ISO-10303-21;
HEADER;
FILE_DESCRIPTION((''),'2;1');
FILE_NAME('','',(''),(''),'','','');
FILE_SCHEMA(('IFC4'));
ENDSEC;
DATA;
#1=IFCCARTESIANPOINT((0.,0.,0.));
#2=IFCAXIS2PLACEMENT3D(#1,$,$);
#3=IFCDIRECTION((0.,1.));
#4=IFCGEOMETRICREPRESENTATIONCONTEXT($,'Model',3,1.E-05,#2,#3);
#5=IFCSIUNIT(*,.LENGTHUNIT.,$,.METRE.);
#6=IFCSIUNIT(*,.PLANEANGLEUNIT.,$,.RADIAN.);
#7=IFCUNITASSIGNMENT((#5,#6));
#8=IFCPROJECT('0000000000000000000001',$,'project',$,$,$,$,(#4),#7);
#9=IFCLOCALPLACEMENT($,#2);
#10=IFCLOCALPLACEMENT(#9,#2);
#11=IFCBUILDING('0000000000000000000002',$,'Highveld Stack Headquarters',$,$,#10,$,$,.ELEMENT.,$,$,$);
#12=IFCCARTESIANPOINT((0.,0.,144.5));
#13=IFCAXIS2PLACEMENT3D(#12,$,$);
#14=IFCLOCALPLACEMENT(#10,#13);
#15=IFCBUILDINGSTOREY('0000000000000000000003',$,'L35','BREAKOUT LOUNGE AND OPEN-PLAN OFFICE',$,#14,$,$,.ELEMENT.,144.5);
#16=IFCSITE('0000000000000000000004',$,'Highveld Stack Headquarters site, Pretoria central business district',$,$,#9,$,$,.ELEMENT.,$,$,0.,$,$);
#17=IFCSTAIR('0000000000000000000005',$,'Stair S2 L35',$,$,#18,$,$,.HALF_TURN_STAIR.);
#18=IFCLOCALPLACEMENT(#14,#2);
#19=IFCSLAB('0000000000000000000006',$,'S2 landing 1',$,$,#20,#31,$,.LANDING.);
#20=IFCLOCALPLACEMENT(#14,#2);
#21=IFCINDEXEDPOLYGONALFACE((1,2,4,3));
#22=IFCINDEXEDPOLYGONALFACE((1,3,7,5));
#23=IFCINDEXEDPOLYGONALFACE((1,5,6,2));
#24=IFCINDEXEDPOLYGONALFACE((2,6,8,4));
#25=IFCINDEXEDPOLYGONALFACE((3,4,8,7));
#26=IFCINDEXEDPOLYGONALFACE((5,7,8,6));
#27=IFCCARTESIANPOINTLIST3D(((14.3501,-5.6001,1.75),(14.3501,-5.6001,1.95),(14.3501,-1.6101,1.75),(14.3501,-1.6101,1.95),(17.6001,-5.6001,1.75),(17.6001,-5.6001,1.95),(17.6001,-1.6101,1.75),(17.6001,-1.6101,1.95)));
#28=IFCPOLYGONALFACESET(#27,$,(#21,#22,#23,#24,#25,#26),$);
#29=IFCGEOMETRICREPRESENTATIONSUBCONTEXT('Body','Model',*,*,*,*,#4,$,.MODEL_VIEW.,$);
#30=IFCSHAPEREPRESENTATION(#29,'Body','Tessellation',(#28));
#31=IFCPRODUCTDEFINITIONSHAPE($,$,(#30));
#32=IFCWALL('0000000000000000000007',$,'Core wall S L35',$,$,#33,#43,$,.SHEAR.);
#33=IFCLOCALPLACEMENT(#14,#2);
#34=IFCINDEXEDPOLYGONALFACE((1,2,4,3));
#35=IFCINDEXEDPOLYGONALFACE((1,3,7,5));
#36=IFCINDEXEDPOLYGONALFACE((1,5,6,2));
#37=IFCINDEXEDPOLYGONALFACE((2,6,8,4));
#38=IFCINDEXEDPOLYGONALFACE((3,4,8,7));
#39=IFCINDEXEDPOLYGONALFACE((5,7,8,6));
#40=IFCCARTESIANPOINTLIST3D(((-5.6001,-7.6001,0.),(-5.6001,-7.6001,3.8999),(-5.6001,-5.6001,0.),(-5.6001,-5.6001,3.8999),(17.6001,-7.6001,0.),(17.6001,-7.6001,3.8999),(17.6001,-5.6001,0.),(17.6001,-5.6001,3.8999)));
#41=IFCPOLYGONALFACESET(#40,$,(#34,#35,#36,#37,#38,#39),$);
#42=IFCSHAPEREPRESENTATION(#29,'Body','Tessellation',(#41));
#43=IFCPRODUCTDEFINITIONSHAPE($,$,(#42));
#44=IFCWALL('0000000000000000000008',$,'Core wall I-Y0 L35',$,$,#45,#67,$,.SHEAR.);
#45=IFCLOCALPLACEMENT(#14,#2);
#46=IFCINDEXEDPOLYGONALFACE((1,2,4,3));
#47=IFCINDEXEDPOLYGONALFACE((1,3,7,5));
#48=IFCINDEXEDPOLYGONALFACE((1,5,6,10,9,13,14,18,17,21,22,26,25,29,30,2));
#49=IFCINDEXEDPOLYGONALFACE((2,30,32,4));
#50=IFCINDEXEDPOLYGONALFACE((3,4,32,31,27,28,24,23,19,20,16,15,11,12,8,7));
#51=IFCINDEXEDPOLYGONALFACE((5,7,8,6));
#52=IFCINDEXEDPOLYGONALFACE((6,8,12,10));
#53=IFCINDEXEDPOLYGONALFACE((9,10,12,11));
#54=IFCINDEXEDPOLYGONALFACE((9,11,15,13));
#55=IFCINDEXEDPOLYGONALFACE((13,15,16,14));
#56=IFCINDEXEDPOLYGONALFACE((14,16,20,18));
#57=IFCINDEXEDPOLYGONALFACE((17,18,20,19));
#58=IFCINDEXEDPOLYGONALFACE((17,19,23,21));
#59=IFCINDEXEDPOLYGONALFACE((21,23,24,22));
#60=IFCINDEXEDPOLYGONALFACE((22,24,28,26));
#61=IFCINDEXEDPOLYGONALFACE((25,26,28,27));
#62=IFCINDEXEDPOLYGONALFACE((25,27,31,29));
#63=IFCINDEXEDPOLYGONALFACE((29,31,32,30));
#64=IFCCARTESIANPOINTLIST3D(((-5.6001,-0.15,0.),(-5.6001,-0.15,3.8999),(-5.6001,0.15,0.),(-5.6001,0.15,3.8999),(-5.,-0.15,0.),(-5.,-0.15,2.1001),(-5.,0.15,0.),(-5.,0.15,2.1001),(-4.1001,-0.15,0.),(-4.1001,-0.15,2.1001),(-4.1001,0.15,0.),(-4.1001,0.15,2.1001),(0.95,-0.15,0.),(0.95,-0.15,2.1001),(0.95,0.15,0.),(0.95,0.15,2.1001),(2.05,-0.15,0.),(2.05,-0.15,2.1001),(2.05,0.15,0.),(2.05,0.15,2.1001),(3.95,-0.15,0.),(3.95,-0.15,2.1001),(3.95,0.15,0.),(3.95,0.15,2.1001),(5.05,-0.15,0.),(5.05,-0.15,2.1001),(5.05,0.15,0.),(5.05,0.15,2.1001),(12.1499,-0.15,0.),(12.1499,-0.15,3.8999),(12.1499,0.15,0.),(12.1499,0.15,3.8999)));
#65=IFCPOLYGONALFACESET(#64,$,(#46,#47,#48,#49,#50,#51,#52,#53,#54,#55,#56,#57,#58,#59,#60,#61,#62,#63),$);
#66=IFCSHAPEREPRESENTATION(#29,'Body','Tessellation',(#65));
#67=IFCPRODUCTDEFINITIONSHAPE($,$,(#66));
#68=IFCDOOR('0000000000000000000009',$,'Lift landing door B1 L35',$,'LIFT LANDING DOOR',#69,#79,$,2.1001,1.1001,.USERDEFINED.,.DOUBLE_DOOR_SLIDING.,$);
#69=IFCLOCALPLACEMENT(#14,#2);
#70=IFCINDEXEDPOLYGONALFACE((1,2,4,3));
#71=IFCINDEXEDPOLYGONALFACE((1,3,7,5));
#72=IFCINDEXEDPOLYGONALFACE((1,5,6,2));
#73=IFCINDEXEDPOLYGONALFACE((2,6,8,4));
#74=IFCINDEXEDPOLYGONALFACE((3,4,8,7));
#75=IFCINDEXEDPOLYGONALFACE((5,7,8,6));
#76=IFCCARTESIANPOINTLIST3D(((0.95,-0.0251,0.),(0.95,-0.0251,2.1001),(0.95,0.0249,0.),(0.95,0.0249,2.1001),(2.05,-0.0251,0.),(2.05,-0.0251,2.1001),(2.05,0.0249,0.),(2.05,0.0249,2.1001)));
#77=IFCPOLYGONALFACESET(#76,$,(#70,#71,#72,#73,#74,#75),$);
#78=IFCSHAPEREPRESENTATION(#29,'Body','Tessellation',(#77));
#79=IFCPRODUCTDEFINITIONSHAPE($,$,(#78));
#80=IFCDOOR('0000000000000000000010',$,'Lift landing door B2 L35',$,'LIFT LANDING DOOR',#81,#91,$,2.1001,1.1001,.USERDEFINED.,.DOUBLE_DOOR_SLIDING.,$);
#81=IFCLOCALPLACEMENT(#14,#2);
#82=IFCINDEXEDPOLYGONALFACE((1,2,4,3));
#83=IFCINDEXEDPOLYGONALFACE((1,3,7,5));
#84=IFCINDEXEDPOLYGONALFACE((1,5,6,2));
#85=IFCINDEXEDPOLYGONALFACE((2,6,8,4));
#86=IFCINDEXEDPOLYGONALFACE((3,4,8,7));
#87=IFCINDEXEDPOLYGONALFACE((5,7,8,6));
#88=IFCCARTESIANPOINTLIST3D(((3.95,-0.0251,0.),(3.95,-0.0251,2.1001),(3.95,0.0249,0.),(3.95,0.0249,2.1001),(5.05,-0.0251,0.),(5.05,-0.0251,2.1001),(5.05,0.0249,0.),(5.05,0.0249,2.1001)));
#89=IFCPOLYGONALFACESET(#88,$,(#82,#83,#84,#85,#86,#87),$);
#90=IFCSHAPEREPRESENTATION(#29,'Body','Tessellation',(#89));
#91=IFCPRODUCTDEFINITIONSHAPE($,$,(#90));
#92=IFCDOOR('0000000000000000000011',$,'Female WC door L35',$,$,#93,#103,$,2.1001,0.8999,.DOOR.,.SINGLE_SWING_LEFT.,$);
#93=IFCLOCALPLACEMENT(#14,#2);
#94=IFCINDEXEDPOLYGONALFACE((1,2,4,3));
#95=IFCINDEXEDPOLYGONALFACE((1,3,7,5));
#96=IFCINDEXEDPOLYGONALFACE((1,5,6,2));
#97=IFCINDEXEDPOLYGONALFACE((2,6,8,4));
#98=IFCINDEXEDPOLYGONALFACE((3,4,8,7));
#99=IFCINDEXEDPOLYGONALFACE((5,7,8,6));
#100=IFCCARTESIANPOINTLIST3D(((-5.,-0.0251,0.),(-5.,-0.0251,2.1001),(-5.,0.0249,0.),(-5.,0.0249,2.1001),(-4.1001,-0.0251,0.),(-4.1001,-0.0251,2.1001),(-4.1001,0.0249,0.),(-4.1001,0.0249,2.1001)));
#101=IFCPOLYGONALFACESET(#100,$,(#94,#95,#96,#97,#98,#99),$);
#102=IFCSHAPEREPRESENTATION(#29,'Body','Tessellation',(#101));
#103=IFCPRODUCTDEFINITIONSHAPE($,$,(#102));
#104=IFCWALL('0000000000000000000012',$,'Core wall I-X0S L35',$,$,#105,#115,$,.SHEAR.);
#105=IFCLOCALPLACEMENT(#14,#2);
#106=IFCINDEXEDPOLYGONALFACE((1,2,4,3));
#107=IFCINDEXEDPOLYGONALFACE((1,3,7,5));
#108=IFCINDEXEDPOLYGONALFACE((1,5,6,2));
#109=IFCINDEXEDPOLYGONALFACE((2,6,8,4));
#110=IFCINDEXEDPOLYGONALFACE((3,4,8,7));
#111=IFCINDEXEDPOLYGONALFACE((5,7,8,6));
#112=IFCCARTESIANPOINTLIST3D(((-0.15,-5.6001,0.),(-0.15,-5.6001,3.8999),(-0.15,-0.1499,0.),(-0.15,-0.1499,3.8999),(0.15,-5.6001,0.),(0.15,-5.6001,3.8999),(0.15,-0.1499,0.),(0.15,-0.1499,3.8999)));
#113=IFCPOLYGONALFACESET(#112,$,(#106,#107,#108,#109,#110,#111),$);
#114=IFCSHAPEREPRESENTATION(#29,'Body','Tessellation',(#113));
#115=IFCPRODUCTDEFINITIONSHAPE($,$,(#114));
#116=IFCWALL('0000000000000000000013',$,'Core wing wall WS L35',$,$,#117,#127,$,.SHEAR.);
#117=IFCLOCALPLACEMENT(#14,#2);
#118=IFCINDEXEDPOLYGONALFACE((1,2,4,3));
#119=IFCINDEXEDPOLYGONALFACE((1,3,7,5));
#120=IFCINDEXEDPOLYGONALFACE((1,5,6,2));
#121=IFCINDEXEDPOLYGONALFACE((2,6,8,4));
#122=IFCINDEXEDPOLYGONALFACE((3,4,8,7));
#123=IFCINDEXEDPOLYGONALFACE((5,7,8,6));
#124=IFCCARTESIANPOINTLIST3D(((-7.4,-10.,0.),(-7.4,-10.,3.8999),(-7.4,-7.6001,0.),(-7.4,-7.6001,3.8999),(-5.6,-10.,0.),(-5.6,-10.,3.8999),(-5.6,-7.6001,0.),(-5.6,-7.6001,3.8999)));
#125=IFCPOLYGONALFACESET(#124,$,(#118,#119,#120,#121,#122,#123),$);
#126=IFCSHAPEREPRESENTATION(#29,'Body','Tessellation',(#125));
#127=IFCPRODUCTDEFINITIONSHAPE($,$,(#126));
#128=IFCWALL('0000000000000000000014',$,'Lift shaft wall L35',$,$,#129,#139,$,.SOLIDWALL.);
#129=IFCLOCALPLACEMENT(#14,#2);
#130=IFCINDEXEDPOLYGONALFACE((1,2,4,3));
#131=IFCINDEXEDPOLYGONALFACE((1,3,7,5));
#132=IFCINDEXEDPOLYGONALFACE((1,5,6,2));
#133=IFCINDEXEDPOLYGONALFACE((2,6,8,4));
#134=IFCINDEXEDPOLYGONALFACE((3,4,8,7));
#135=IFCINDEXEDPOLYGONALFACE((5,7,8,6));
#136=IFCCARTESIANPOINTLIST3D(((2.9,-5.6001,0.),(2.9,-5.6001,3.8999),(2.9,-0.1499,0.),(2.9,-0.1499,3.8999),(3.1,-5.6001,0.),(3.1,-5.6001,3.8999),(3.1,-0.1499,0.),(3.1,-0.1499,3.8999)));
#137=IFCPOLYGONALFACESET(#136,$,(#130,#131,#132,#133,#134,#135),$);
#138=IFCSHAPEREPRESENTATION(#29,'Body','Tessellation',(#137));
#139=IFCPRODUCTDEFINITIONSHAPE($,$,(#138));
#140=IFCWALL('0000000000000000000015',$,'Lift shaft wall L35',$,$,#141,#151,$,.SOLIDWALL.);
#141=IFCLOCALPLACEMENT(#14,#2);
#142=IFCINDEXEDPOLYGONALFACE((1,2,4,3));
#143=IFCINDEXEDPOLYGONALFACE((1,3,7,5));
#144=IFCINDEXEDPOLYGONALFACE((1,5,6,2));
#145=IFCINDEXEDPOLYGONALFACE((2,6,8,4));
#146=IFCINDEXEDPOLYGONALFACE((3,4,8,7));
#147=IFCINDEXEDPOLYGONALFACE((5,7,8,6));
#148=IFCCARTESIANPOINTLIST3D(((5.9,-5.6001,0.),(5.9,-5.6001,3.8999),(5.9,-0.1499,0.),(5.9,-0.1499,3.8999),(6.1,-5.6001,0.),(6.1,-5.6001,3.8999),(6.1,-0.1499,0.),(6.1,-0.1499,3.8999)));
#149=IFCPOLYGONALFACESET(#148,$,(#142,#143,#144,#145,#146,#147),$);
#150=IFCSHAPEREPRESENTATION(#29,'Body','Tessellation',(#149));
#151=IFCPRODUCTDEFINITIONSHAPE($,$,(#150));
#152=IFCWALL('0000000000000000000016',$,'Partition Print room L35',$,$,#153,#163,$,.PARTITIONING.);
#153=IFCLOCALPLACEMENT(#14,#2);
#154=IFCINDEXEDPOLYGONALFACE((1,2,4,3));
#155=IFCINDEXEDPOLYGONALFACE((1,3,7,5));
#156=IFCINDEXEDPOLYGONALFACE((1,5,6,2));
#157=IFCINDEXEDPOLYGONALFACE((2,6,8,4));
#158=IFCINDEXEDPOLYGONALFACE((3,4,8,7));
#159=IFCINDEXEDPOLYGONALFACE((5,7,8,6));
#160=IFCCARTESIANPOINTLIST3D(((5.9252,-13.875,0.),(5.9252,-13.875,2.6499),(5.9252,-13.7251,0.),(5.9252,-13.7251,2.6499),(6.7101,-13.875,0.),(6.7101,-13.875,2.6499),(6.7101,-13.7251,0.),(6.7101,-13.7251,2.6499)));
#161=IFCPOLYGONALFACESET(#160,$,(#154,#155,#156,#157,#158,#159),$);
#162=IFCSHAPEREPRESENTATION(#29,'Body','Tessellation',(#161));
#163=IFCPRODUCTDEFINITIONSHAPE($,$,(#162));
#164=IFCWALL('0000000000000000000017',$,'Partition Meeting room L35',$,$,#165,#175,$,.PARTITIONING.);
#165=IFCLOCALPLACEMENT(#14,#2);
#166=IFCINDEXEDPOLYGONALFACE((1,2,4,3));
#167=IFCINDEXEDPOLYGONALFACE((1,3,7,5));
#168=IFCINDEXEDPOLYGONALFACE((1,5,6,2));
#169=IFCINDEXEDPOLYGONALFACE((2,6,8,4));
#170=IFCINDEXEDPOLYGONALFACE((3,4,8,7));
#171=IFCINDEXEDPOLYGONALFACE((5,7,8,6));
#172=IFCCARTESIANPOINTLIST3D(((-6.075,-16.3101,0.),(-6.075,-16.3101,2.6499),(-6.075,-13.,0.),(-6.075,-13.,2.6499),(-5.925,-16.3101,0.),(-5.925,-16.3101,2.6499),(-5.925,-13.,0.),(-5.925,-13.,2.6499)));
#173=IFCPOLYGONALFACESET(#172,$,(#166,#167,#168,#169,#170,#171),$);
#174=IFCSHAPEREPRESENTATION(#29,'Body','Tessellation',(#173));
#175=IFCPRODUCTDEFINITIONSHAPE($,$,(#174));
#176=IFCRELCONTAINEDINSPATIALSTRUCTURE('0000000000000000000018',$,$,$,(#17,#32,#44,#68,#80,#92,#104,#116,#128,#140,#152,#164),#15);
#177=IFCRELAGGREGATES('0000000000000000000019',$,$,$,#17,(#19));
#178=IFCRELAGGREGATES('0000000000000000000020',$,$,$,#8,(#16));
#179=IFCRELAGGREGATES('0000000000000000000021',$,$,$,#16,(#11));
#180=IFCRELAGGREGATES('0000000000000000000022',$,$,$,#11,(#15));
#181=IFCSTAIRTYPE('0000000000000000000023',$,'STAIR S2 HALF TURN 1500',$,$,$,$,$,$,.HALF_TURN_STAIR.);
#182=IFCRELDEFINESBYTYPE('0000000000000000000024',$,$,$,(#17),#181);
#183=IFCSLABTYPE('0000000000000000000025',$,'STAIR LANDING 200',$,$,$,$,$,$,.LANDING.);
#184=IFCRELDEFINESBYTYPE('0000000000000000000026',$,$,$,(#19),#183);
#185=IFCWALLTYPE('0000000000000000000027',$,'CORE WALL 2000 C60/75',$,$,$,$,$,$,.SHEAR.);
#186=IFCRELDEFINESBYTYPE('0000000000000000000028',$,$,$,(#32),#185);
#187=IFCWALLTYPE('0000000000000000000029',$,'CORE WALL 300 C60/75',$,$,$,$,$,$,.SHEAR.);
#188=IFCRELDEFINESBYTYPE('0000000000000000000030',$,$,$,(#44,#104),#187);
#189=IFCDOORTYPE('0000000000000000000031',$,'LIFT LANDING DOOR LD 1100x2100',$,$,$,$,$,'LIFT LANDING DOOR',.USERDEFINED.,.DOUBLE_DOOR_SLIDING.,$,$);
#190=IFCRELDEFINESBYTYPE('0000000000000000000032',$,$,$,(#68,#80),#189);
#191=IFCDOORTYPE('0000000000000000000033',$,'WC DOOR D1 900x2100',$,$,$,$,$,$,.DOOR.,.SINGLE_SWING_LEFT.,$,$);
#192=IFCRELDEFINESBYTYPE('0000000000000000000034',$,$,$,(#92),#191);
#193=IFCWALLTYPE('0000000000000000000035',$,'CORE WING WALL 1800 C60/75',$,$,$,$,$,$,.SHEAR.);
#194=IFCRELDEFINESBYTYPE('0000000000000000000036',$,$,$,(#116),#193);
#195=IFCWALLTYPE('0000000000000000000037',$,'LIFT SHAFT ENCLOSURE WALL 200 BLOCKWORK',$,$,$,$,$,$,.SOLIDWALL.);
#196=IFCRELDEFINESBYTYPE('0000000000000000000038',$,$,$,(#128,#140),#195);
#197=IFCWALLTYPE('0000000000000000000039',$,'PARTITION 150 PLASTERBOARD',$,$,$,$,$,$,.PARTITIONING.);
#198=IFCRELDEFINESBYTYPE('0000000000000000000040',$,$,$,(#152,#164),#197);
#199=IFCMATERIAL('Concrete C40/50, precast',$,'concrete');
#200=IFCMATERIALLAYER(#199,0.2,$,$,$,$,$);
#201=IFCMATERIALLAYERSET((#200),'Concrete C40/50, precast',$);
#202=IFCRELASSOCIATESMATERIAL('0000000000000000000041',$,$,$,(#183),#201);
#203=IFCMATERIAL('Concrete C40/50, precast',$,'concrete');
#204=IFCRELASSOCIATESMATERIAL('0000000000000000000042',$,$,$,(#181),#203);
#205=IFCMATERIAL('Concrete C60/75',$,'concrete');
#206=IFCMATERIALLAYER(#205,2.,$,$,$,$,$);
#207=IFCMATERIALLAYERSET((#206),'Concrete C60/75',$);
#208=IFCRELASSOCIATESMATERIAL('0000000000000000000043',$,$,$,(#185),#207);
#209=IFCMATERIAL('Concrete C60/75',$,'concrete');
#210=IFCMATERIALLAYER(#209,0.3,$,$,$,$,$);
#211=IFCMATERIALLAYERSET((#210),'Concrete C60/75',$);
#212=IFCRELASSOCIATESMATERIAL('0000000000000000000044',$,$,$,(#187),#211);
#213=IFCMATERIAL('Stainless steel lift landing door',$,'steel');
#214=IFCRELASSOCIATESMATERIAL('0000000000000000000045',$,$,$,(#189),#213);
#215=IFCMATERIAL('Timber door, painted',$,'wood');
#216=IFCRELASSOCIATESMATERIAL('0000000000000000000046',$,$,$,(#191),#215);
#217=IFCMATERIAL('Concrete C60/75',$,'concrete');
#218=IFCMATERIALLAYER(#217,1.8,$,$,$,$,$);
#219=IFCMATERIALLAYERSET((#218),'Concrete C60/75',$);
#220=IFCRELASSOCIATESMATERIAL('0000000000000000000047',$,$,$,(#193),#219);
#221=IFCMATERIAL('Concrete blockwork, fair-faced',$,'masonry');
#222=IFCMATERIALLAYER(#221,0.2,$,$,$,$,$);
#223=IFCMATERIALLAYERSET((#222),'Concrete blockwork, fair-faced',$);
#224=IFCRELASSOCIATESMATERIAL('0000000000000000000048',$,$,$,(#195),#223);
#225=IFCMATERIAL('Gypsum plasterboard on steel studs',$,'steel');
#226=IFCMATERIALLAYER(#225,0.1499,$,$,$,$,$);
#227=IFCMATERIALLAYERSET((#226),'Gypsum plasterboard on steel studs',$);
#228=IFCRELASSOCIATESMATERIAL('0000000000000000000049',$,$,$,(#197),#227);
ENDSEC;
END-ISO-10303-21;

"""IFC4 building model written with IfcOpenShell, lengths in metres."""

from ifc_helpers import new_model, si_unit, direction, frame, frame_2d, origin, place, context, subcontext, project, spatial, polyline, rectangle, outline, extrude, material, layer, layer_set, type_object, element, fill, aggregate, save


model = new_model("IFC4")

# Units and contexts
model_context = context("Model", 3, precision=1e-05, world=origin(), true_north=direction((0.0, 1.0)))
body_context = subcontext(model_context, "Body", "Model", "MODEL_VIEW")
ifc_project = project(units=[si_unit("LENGTHUNIT", "METRE"), si_unit("PLANEANGLEUNIT", "RADIAN")], contexts=[model_context])

# Site, building, storey
site_placement = place(None, origin())
site = spatial("IfcSite", under=ifc_project, at=site_placement, Name="Highveld Stack Headquarters site, Pretoria central business district", CompositionType="ELEMENT", RefElevation=0.0)
building_placement = place(site_placement, origin())
building = spatial("IfcBuilding", under=site, at=building_placement, Name="Highveld Stack Headquarters", CompositionType="ELEMENT")
storey_placement = place(building_placement, frame((0.0, 0.0, 144.5)))
storey = spatial("IfcBuildingStorey", under=building, at=storey_placement, Name="L35", Description="BREAKOUT LOUNGE AND OPEN-PLAN OFFICE", CompositionType="ELEMENT", Elevation=144.5)

# Shared definitions
ifc_material_1 = material(Name="Concrete C40/50, precast", Category="concrete")
ifc_layer_1 = layer(ifc_material_1, 0.2)
ifc_layer_set_1 = layer_set([ifc_layer_1], Name="Concrete C40/50, precast")
slab_type_1 = type_object("IfcSlabType", Name="STAIR LANDING 200", PredefinedType="LANDING", material=ifc_layer_set_1)

# Stair, slab
ifc_material_2 = material(Name="Concrete C40/50, precast", Category="concrete")
stair_type_1 = type_object("IfcStairType", Name="STAIR S2 HALF TURN 1500", PredefinedType="HALF_TURN_STAIR", material=ifc_material_2)
stair_1_placement = place(storey_placement, origin())
stair_1 = element("IfcStair", 1, at=stair_1_placement, inside=storey, type_object=stair_type_1, Name="Stair S2 L35", PredefinedType="HALF_TURN_STAIR")
slab_1_placement = place(storey_placement, frame((0.0, 0.0, 1.75)))
slab_1 = element("IfcSlab", 2, at=slab_1_placement, type_object=slab_type_1, Name="S2 landing 1", PredefinedType="LANDING", context=body_context, shape_type="SweptSolid", body=[
    extrude(outline(polyline([(14.3501, -5.6001), (17.6001, -5.6001), (17.6001, -1.6101), (14.3501, -1.6101), (14.3501, -5.6001)])), origin(), (0.0, 0.0, 1.0), 0.2),
])
aggregate(stair_1, [slab_1])

# Wall
ifc_material_3 = material(Name="Concrete C60/75", Category="concrete")
ifc_layer_2 = layer(ifc_material_3, 2.0)
ifc_layer_set_2 = layer_set([ifc_layer_2], Name="Concrete C60/75")
wall_type_1 = type_object("IfcWallType", Name="CORE WALL 2000 C60/75", PredefinedType="SHEAR", material=ifc_layer_set_2)
wall_1_placement = place(storey_placement, frame((-5.6001, -6.6001, 0.0), z_axis=(0.0, 0.0, 1.0), x_axis=(1.0, 0.0, 0.0)))
element("IfcWall", 3, at=wall_1_placement, inside=storey, type_object=wall_type_1, Name="Core wall S L35", PredefinedType="SHEAR", context=body_context, shape_type="SweptSolid", body=[
    extrude(rectangle(XDim=23.2002, YDim=2.0, at=frame_2d((11.6001, 0.0))), origin(), (0.0, 0.0, 1.0), 3.8999),
])

# Wall, openings, doors
ifc_material_4 = material(Name="Concrete C60/75", Category="concrete")
ifc_layer_3 = layer(ifc_material_4, 0.3)
ifc_layer_set_3 = layer_set([ifc_layer_3], Name="Concrete C60/75")
wall_type_2 = type_object("IfcWallType", Name="CORE WALL 300 C60/75", PredefinedType="SHEAR", material=ifc_layer_set_3)
wall_2_placement = place(storey_placement, frame((-5.6001, 0.0, 0.0), z_axis=(0.0, 0.0, 1.0), x_axis=(1.0, 0.0, 0.0)))
wall_2 = element("IfcWall", 4, at=wall_2_placement, inside=storey, type_object=wall_type_2, Name="Core wall I-Y0 L35", PredefinedType="SHEAR", context=body_context, shape_type="SweptSolid", body=[
    extrude(rectangle(XDim=17.75, YDim=0.3, at=frame_2d((8.875, 0.0))), origin(), (0.0, 0.0, 1.0), 3.8999),
])
opening_1_placement = place(wall_2_placement, frame((0.6001, 0.0, 0.0)))
opening_1 = element("IfcOpeningElement", 5, at=opening_1_placement, cuts=wall_2, PredefinedType="OPENING", context=body_context, shape_type="SweptSolid", body=[
    extrude(rectangle(XDim=0.8999, YDim=2.1001, at=frame_2d((0.45, 1.05))), frame((0.0, 0.1599, 0.0), z_axis=(0.0, -1.0, 0.0), x_axis=(1.0, 0.0, 0.0)), (0.0, 0.0, 1.0), 0.3201),
])
opening_2_placement = place(wall_2_placement, frame((6.55, 0.0, 0.0)))
opening_2 = element("IfcOpeningElement", 6, at=opening_2_placement, cuts=wall_2, PredefinedType="OPENING", context=body_context, shape_type="SweptSolid", body=[
    extrude(rectangle(XDim=1.1001, YDim=2.1001, at=frame_2d((0.55, 1.05))), frame((0.0, 0.1599, 0.0), z_axis=(0.0, -1.0, 0.0), x_axis=(1.0, 0.0, 0.0)), (0.0, 0.0, 1.0), 0.3201),
])
opening_3_placement = place(wall_2_placement, frame((9.55, 0.0, 0.0)))
opening_3 = element("IfcOpeningElement", 7, at=opening_3_placement, cuts=wall_2, PredefinedType="OPENING", context=body_context, shape_type="SweptSolid", body=[
    extrude(rectangle(XDim=1.1001, YDim=2.1001, at=frame_2d((0.55, 1.05))), frame((0.0, 0.1599, 0.0), z_axis=(0.0, -1.0, 0.0), x_axis=(1.0, 0.0, 0.0)), (0.0, 0.0, 1.0), 0.3201),
])
ifc_material_5 = material(Name="Stainless steel lift landing door", Category="steel")
door_type_1 = type_object("IfcDoorType", Name="LIFT LANDING DOOR LD 1100x2100", ElementType="LIFT LANDING DOOR", OperationType="DOUBLE_DOOR_SLIDING", PredefinedType="USERDEFINED", material=ifc_material_5)
door_1_placement = place(opening_2_placement, origin())
door_1 = element("IfcDoor", 8, at=door_1_placement, inside=storey, type_object=door_type_1, Name="Lift landing door B1 L35", ObjectType="LIFT LANDING DOOR", OperationType="DOUBLE_DOOR_SLIDING", OverallHeight=2.1001, OverallWidth=1.1001, PredefinedType="USERDEFINED", context=body_context, shape_type="SweptSolid", body=[
    extrude(rectangle(XDim=1.1001, YDim=2.1001, at=frame_2d((0.55, 1.05))), frame((0.0, 0.0249, 0.0), z_axis=(0.0, -1.0, 0.0), x_axis=(1.0, 0.0, 0.0)), (0.0, 0.0, 1.0), 0.05),
])
fill(opening_2, door_1)
door_2_placement = place(opening_3_placement, origin())
door_2 = element("IfcDoor", 9, at=door_2_placement, inside=storey, type_object=door_type_1, Name="Lift landing door B2 L35", ObjectType="LIFT LANDING DOOR", OperationType="DOUBLE_DOOR_SLIDING", OverallHeight=2.1001, OverallWidth=1.1001, PredefinedType="USERDEFINED", context=body_context, shape_type="SweptSolid", body=[
    extrude(rectangle(XDim=1.1001, YDim=2.1001, at=frame_2d((0.55, 1.05))), frame((0.0, 0.0249, 0.0), z_axis=(0.0, -1.0, 0.0), x_axis=(1.0, 0.0, 0.0)), (0.0, 0.0, 1.0), 0.05),
])
fill(opening_3, door_2)
ifc_material_6 = material(Name="Timber door, painted", Category="wood")
door_type_2 = type_object("IfcDoorType", Name="WC DOOR D1 900x2100", OperationType="SINGLE_SWING_LEFT", PredefinedType="DOOR", material=ifc_material_6)
door_3_placement = place(opening_1_placement, origin())
door_3 = element("IfcDoor", 10, at=door_3_placement, inside=storey, type_object=door_type_2, Name="Female WC door L35", OperationType="SINGLE_SWING_LEFT", OverallHeight=2.1001, OverallWidth=0.8999, PredefinedType="DOOR", context=body_context, shape_type="SweptSolid", body=[
    extrude(rectangle(XDim=0.8999, YDim=2.1001, at=frame_2d((0.45, 1.05))), frame((0.0, 0.0249, 0.0), z_axis=(0.0, -1.0, 0.0), x_axis=(1.0, 0.0, 0.0)), (0.0, 0.0, 1.0), 0.05),
])
fill(opening_1, door_3)

# Walls
wall_3_placement = place(storey_placement, frame((0.0, -5.6001, 0.0), z_axis=(0.0, 0.0, 1.0), x_axis=(0.0, 1.0, 0.0)))
element("IfcWall", 11, at=wall_3_placement, inside=storey, type_object=wall_type_2, Name="Core wall I-X0S L35", PredefinedType="SHEAR", context=body_context, shape_type="SweptSolid", body=[
    extrude(rectangle(XDim=5.4502, YDim=0.3, at=frame_2d((2.7251, 0.0))), origin(), (0.0, 0.0, 1.0), 3.8999),
])
ifc_material_7 = material(Name="Concrete C60/75", Category="concrete")
ifc_layer_4 = layer(ifc_material_7, 1.8)
ifc_layer_set_4 = layer_set([ifc_layer_4], Name="Concrete C60/75")
wall_type_3 = type_object("IfcWallType", Name="CORE WING WALL 1800 C60/75", PredefinedType="SHEAR", material=ifc_layer_set_4)
wall_4_placement = place(storey_placement, frame((-6.5, -10.0, 0.0), z_axis=(0.0, 0.0, 1.0), x_axis=(0.0, 1.0, 0.0)))
element("IfcWall", 12, at=wall_4_placement, inside=storey, type_object=wall_type_3, Name="Core wing wall WS L35", PredefinedType="SHEAR", context=body_context, shape_type="SweptSolid", body=[
    extrude(rectangle(XDim=2.3999, YDim=1.8, at=frame_2d((1.2, 0.0))), origin(), (0.0, 0.0, 1.0), 3.8999),
])
ifc_material_8 = material(Name="Concrete blockwork, fair-faced", Category="masonry")
ifc_layer_5 = layer(ifc_material_8, 0.2)
ifc_layer_set_5 = layer_set([ifc_layer_5], Name="Concrete blockwork, fair-faced")
wall_type_4 = type_object("IfcWallType", Name="LIFT SHAFT ENCLOSURE WALL 200 BLOCKWORK", PredefinedType="SOLIDWALL", material=ifc_layer_set_5)
for number, where, z_axis, x_axis, name in (
    (13, (3.0, -5.6001, 0.0), (0.0, 0.0, 1.0), (0.0, 1.0, 0.0), "Lift shaft wall L35"),
    (14, (6.0, -5.6001, 0.0), (0.0, 0.0, 1.0), (0.0, 1.0, 0.0), "Lift shaft wall L35"),
):
    element("IfcWall", number, at=place(storey_placement, frame(where, z_axis=z_axis, x_axis=x_axis)), inside=storey, type_object=wall_type_4, Name=name, PredefinedType="SOLIDWALL", context=body_context, shape_type="SweptSolid", body=[
        extrude(rectangle(XDim=5.4502, YDim=0.2, at=frame_2d((2.7251, 0.0))), origin(), (0.0, 0.0, 1.0), 3.8999),
    ])
ifc_material_9 = material(Name="Gypsum plasterboard on steel studs", Category="steel")
ifc_layer_6 = layer(ifc_material_9, 0.1499)
ifc_layer_set_6 = layer_set([ifc_layer_6], Name="Gypsum plasterboard on steel studs")
wall_type_5 = type_object("IfcWallType", Name="PARTITION 150 PLASTERBOARD", PredefinedType="PARTITIONING", material=ifc_layer_set_6)
wall_5_placement = place(storey_placement, frame((5.925, -13.8, 0.0), z_axis=(0.0, 0.0, 1.0), x_axis=(1.0, 0.0, 0.0)))
element("IfcWall", 15, at=wall_5_placement, inside=storey, type_object=wall_type_5, Name="Partition Print room L35", PredefinedType="PARTITIONING", context=body_context, shape_type="SweptSolid", body=[
    extrude(rectangle(XDim=0.7849, YDim=0.1499, at=frame_2d((0.3926, 0.0))), origin(), (0.0, 0.0, 1.0), 2.6499),
])
wall_6_placement = place(storey_placement, frame((-6.0, -16.3101, 0.0), z_axis=(0.0, 0.0, 1.0), x_axis=(0.0, 1.0, 0.0)))
element("IfcWall", 16, at=wall_6_placement, inside=storey, type_object=wall_type_5, Name="Partition Meeting room L35", PredefinedType="PARTITIONING", context=body_context, shape_type="SweptSolid", body=[
    extrude(rectangle(XDim=3.3101, YDim=0.1499, at=frame_2d((1.655, 0.0))), origin(), (0.0, 0.0, 1.0), 2.6499),
])

save(model, "model.ifc")
